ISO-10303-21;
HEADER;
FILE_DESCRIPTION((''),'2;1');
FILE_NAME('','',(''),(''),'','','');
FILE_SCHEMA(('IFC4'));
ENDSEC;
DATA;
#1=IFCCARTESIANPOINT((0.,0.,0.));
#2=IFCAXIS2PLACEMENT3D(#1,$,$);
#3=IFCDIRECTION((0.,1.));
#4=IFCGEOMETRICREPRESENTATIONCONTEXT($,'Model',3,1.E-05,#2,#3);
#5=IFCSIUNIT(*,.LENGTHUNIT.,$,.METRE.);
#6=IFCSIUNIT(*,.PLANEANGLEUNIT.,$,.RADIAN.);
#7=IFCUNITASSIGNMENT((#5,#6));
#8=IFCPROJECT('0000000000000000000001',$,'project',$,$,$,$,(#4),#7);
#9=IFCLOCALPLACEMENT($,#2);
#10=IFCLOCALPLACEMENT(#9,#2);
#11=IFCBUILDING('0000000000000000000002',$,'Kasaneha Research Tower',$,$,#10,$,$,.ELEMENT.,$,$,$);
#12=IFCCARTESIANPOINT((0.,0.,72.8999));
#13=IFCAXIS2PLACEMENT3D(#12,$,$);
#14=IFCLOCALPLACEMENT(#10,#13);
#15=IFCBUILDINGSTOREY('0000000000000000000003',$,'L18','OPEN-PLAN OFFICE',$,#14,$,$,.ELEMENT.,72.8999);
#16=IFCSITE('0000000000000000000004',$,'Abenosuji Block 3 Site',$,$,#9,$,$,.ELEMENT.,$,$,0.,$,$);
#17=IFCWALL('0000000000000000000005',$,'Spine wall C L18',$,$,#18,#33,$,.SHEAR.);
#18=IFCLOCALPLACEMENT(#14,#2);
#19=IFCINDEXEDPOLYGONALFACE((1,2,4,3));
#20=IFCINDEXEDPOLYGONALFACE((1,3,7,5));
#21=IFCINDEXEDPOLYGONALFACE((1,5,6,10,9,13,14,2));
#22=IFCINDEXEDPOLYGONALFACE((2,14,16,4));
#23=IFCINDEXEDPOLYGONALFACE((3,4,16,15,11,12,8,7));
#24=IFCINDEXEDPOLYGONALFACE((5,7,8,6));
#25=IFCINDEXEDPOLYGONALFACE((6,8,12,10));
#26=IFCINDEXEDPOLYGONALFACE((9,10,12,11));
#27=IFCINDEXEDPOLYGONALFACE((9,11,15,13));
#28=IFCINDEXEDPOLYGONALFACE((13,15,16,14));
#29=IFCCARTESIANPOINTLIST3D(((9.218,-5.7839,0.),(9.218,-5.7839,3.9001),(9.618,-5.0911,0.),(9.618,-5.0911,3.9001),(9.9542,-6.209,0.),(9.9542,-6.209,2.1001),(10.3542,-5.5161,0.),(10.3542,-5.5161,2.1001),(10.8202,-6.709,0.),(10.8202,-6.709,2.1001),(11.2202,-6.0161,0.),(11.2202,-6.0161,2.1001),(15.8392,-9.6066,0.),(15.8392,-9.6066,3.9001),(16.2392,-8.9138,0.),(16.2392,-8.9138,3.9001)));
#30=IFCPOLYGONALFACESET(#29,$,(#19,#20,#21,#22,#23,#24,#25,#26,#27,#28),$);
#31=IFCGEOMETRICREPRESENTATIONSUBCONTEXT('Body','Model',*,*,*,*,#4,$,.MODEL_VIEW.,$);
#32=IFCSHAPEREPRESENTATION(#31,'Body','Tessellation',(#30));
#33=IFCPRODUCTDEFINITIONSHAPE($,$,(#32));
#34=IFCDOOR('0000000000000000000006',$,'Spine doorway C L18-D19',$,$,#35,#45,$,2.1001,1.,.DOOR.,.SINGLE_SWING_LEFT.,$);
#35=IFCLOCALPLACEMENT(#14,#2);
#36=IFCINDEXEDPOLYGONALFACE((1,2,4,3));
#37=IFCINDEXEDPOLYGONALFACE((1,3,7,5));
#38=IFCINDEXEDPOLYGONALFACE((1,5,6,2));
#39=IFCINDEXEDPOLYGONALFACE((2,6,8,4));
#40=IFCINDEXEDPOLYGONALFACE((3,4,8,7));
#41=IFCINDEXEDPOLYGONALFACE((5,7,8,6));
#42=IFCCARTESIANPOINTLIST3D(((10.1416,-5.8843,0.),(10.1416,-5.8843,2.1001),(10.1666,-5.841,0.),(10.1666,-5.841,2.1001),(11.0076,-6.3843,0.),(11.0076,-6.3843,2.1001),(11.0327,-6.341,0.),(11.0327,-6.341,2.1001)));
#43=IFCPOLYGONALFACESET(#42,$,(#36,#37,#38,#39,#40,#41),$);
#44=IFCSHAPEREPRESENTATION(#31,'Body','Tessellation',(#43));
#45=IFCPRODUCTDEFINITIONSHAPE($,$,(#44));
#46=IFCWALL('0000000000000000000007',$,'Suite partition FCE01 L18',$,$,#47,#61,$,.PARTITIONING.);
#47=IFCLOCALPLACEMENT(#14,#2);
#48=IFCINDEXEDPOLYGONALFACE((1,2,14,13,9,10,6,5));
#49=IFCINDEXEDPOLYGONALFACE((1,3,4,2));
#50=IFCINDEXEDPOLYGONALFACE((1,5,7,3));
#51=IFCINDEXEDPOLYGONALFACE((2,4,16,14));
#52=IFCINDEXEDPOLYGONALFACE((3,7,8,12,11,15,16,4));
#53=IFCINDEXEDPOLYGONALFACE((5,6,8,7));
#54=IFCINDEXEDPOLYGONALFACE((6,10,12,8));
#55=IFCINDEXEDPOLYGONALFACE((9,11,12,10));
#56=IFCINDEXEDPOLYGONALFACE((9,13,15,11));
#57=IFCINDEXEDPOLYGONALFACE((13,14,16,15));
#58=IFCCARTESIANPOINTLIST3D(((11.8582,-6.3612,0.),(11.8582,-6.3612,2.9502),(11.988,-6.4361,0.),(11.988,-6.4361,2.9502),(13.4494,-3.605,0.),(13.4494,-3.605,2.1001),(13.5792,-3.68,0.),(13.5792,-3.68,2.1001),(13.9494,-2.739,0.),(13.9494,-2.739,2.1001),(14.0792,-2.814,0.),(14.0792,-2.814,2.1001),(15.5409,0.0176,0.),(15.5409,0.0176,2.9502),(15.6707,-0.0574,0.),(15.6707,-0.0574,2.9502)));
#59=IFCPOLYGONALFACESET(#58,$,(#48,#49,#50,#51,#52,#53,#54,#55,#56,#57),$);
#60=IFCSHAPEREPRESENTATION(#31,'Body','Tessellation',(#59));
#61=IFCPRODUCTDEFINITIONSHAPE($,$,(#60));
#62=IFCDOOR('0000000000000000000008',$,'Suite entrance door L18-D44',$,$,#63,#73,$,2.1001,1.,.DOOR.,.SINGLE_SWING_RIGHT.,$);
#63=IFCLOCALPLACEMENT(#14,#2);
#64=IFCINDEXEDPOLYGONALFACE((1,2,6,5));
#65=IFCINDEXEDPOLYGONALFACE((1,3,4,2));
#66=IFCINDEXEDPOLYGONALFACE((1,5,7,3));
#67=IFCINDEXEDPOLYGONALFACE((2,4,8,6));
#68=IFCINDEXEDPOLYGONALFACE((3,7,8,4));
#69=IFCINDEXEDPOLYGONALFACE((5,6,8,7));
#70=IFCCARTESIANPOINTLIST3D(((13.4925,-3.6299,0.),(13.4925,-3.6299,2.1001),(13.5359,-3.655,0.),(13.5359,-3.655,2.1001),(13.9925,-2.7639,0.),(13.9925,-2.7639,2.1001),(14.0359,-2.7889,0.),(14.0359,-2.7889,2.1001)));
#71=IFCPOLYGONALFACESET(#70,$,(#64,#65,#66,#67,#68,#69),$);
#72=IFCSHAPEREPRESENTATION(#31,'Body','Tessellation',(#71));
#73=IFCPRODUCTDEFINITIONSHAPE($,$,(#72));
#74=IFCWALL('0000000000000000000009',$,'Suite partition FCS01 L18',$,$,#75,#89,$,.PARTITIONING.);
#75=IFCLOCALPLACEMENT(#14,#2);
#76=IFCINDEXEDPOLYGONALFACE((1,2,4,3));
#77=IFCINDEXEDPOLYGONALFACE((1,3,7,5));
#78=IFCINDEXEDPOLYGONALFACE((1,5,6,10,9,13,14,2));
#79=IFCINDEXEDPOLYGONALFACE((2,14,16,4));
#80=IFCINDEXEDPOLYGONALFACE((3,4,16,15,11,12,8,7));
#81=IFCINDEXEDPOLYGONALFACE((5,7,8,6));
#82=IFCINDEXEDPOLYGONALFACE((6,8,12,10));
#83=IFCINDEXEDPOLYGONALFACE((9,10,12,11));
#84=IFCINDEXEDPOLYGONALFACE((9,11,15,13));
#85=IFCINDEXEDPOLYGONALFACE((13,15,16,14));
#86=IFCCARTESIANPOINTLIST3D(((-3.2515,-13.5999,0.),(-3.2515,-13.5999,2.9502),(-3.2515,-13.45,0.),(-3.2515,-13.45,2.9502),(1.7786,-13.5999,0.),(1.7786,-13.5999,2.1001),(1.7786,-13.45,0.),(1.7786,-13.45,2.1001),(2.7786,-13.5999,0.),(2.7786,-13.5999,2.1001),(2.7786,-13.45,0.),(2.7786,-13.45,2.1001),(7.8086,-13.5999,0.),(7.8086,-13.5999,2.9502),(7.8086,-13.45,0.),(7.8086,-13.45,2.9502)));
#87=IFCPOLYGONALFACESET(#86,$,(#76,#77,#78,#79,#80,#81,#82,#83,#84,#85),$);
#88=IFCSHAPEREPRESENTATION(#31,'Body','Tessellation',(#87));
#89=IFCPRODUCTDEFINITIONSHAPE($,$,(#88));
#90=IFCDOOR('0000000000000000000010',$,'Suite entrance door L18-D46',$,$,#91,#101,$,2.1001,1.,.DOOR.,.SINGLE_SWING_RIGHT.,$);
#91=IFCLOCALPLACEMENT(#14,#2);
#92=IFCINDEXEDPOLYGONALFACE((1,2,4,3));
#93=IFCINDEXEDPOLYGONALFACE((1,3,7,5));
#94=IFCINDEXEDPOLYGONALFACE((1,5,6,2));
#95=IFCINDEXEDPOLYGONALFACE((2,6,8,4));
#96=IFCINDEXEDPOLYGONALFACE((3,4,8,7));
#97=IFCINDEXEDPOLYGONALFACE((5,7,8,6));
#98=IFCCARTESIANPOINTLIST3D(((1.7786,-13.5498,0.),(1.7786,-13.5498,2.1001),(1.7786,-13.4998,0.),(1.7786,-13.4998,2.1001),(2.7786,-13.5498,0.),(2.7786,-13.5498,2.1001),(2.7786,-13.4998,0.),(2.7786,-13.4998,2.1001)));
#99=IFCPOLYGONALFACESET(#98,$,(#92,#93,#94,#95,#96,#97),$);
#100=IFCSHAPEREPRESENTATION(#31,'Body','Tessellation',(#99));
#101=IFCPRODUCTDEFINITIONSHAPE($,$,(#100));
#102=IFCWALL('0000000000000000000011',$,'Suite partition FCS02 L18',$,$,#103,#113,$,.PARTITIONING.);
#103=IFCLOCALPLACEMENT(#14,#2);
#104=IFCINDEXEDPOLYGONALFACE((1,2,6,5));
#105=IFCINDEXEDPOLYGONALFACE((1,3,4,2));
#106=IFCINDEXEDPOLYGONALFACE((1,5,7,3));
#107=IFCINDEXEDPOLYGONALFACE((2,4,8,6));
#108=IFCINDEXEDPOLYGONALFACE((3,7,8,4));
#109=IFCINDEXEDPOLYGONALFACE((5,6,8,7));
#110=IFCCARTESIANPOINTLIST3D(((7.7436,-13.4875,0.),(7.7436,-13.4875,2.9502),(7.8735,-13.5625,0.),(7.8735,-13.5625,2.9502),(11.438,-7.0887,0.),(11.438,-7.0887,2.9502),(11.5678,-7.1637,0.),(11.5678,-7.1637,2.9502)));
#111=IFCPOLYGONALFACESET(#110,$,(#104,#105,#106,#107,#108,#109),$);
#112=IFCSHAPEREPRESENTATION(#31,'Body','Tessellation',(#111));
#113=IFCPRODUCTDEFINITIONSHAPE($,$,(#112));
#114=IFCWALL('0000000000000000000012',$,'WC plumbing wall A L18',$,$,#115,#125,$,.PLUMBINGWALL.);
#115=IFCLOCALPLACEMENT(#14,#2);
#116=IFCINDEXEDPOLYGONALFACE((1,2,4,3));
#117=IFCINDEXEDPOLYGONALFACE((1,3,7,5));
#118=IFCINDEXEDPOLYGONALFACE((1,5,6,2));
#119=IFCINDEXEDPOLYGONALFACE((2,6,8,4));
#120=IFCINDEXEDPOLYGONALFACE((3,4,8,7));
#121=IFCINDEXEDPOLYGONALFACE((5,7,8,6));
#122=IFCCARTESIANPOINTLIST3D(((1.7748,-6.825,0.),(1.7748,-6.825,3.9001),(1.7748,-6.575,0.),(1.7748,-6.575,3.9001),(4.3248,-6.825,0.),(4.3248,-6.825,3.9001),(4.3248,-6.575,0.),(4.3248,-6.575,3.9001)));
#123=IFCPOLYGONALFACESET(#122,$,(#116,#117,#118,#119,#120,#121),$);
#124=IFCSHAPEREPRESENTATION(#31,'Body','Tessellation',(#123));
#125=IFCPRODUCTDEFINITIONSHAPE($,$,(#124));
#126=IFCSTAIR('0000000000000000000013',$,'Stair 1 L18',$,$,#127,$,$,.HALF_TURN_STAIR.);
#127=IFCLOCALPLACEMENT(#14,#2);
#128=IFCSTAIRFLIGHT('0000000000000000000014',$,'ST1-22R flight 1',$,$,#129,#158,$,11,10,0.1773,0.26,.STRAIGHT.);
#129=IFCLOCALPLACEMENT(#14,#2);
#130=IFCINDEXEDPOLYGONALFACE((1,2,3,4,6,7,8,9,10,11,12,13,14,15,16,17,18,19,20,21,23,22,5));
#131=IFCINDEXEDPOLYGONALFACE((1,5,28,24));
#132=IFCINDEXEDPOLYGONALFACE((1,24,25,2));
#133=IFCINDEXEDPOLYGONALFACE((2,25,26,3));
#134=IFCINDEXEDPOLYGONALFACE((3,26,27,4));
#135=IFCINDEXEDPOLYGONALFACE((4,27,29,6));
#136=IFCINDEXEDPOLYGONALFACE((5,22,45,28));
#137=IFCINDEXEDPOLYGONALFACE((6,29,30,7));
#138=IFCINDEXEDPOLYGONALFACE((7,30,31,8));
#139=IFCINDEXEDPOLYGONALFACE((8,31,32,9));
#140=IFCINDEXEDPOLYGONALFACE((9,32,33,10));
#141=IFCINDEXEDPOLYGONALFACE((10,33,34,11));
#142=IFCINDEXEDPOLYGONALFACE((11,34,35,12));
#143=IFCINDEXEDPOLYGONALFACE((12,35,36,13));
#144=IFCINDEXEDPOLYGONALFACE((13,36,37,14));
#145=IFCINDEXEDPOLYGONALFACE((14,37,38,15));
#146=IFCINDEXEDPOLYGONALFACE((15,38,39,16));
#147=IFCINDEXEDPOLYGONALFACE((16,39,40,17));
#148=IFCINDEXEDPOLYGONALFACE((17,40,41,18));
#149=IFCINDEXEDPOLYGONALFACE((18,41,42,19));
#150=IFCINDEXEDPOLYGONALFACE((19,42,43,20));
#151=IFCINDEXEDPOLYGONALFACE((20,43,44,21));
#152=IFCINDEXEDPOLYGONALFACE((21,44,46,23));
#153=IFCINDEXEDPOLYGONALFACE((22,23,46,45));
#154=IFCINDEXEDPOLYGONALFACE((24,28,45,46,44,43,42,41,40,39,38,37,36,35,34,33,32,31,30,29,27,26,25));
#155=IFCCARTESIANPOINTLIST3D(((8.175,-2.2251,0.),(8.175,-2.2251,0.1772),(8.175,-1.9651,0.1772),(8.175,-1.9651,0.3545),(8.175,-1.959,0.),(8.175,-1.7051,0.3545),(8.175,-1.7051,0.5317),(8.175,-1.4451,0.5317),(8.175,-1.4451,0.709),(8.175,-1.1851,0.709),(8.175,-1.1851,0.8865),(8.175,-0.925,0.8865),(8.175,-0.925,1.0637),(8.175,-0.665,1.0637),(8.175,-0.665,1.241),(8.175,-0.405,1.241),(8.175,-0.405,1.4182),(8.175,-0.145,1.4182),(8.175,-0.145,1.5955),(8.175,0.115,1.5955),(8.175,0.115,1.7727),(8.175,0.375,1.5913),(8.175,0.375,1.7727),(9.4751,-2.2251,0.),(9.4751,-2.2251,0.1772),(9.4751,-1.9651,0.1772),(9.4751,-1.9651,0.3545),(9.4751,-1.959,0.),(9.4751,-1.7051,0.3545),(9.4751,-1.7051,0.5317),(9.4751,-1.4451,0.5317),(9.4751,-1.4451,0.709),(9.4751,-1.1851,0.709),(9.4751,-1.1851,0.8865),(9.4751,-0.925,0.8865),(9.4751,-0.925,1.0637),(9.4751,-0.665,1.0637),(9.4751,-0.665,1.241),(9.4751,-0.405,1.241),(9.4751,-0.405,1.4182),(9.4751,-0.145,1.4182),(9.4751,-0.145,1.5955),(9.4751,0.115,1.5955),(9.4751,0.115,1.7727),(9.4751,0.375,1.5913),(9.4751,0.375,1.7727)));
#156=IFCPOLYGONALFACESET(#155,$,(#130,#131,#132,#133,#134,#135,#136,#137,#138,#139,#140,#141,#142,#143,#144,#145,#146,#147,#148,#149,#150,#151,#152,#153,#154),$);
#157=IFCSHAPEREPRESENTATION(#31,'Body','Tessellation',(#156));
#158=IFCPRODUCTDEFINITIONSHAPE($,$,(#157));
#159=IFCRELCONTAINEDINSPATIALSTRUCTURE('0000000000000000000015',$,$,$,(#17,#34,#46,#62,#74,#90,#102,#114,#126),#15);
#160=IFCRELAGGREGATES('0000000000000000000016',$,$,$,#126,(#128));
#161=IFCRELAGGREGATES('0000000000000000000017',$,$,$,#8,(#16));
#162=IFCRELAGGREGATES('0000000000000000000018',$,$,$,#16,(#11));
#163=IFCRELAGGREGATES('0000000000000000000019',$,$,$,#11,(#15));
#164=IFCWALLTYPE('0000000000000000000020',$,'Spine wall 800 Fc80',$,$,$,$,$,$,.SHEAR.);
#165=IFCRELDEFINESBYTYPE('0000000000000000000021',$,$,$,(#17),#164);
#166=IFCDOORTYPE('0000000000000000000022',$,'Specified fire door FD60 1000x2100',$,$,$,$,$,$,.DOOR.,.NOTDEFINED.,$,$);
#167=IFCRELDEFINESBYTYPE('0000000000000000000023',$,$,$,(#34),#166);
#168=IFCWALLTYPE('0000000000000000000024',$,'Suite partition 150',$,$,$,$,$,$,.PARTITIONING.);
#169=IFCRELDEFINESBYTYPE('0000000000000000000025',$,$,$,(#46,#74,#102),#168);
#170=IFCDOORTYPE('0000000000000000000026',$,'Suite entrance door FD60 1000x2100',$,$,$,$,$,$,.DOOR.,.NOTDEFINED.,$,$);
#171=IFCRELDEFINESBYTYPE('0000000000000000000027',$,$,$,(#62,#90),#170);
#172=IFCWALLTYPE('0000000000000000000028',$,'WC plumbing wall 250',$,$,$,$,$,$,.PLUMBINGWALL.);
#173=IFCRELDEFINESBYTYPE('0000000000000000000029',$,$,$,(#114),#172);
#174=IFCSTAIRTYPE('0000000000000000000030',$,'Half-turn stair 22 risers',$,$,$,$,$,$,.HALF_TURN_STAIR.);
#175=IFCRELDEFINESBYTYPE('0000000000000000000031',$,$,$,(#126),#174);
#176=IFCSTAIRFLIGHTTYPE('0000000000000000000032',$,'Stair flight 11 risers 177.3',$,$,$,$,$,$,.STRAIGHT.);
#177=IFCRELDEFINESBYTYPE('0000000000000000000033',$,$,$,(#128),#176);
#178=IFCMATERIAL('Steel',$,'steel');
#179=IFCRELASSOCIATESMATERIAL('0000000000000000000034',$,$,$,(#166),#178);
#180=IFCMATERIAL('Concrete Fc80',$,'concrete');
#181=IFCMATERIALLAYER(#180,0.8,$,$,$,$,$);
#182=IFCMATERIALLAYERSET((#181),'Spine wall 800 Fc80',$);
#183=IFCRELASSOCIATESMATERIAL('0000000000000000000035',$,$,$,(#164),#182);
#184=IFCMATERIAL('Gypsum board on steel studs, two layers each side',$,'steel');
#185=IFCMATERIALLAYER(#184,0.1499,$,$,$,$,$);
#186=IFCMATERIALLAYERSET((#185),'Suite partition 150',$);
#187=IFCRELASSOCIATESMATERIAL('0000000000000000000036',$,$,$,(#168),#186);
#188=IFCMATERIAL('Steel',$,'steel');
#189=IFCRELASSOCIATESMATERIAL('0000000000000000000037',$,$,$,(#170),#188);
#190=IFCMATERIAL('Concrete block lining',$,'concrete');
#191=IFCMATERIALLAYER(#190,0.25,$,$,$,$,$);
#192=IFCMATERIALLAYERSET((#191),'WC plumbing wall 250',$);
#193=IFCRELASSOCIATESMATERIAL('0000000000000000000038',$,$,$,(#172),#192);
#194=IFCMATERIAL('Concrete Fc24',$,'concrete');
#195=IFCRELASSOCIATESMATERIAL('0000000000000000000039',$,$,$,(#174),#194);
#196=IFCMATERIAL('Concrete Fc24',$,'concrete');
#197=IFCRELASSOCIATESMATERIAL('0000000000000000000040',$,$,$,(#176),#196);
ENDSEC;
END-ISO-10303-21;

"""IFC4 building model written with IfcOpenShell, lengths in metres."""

from ifc_helpers import new_model, si_unit, direction, frame, frame_2d, origin, place, context, subcontext, project, spatial, polyline, rectangle, outline, extrude, material, layer, layer_set, type_object, element, fill, aggregate, save


model = new_model("IFC4")

# Units and contexts
model_context = context("Model", 3, precision=1e-05, world=origin(), true_north=direction((0.0, 1.0)))
body_context = subcontext(model_context, "Body", "Model", "MODEL_VIEW")
ifc_project = project(units=[si_unit("LENGTHUNIT", "METRE"), si_unit("PLANEANGLEUNIT", "RADIAN")], contexts=[model_context])

# Site, building, storey
site_placement = place(None, origin())
site = spatial("IfcSite", under=ifc_project, at=site_placement, Name="Abenosuji Block 3 Site", CompositionType="ELEMENT", RefElevation=0.0)
building_placement = place(site_placement, origin())
building = spatial("IfcBuilding", under=site, at=building_placement, Name="Kasaneha Research Tower", CompositionType="ELEMENT")
storey_placement = place(building_placement, frame((0.0, 0.0, 72.8999)))
storey = spatial("IfcBuildingStorey", under=building, at=storey_placement, Name="L18", Description="OPEN-PLAN OFFICE", CompositionType="ELEMENT", Elevation=72.8999)

# Shared definitions
ifc_material_1 = material(Name="Steel", Category="steel")
door_type_1 = type_object("IfcDoorType", Name="Specified fire door FD60 1000x2100", OperationType="NOTDEFINED", PredefinedType="DOOR", material=ifc_material_1)

# Walls, openings, doors
ifc_material_2 = material(Name="Concrete Fc80", Category="concrete")
ifc_layer_1 = layer(ifc_material_2, 0.8)
ifc_layer_set_1 = layer_set([ifc_layer_1], Name="Spine wall 800 Fc80")
wall_type_1 = type_object("IfcWallType", Name="Spine wall 800 Fc80", PredefinedType="SHEAR", material=ifc_layer_set_1)
wall_1_placement = place(storey_placement, frame((9.418, -5.4375, 0.0), z_axis=(0.0, 0.0, 1.0), x_axis=(0.86603, -0.499992, 0.0)))
wall_1 = element("IfcWall", 1, at=wall_1_placement, inside=storey, type_object=wall_type_1, Name="Spine wall C L18", PredefinedType="SHEAR", context=body_context, shape_type="SweptSolid", body=[
    extrude(rectangle(XDim=7.6455, YDim=0.8, at=frame_2d((3.8228, 0.0))), origin(), (0.0, 0.0, 1.0), 3.9001),
])
opening_1_placement = place(wall_1_placement, frame((0.8501, 0.0, 0.0)))
opening_1 = element("IfcOpeningElement", 2, at=opening_1_placement, cuts=wall_1, PredefinedType="OPENING", context=body_context, shape_type="SweptSolid", body=[
    extrude(rectangle(XDim=1.0, YDim=2.1001, at=frame_2d((0.5, 1.05))), frame((0.0, 0.4102, 0.0), z_axis=(0.0, -1.0, 0.0), x_axis=(1.0, 0.0, 0.0)), (0.0, 0.0, 1.0), 0.8201),
])
door_1_placement = place(opening_1_placement, origin())
door_1 = element("IfcDoor", 3, at=door_1_placement, inside=storey, type_object=door_type_1, Name="Spine doorway C L18-D19", OperationType="SINGLE_SWING_LEFT", OverallHeight=2.1001, OverallWidth=1.0, PredefinedType="DOOR", context=body_context, shape_type="SweptSolid", body=[
    extrude(rectangle(XDim=1.0, YDim=2.1001, at=frame_2d((0.5, 1.05))), frame((0.0, 0.0249, 0.0), z_axis=(0.0, -1.0, 0.0), x_axis=(1.0, 0.0, 0.0)), (0.0, 0.0, 1.0), 0.05),
])
fill(opening_1, door_1)
ifc_material_3 = material(Name="Gypsum board on steel studs, two layers each side", Category="steel")
ifc_layer_2 = layer(ifc_material_3, 0.1499)
ifc_layer_set_2 = layer_set([ifc_layer_2], Name="Suite partition 150")
wall_type_2 = type_object("IfcWallType", Name="Suite partition 150", PredefinedType="PARTITIONING", material=ifc_layer_set_2)
wall_2_placement = place(storey_placement, frame((15.6057, -0.02, 0.0), z_axis=(0.0, 0.0, 1.0), x_axis=(-0.499989, -0.866032, 0.0)))
wall_2 = element("IfcWall", 4, at=wall_2_placement, inside=storey, type_object=wall_type_2, Name="Suite partition FCE01 L18", PredefinedType="PARTITIONING", context=body_context, shape_type="SweptSolid", body=[
    extrude(rectangle(XDim=7.3655, YDim=0.1499, at=frame_2d((3.6826, 0.0))), origin(), (0.0, 0.0, 1.0), 2.9502),
])
opening_2_placement = place(wall_2_placement, frame((3.1829, 0.0, 0.0)))
opening_2 = element("IfcOpeningElement", 5, at=opening_2_placement, cuts=wall_2, PredefinedType="OPENING", context=body_context, shape_type="SweptSolid", body=[
    extrude(rectangle(XDim=1.0, YDim=2.1001, at=frame_2d((0.5, 1.05))), frame((0.0, 0.085, 0.0), z_axis=(0.0, -1.0, 0.0), x_axis=(1.0, 0.0, 0.0)), (0.0, 0.0, 1.0), 0.1699),
])
ifc_material_4 = material(Name="Steel", Category="steel")
door_type_2 = type_object("IfcDoorType", Name="Suite entrance door FD60 1000x2100", OperationType="NOTDEFINED", PredefinedType="DOOR", material=ifc_material_4)
door_2_placement = place(opening_2_placement, origin())
door_2 = element("IfcDoor", 6, at=door_2_placement, inside=storey, type_object=door_type_2, Name="Suite entrance door L18-D44", OperationType="SINGLE_SWING_RIGHT", OverallHeight=2.1001, OverallWidth=1.0, PredefinedType="DOOR", context=body_context, shape_type="SweptSolid", body=[
    extrude(rectangle(XDim=1.0, YDim=2.1001, at=frame_2d((0.5, 1.05))), frame((0.0, 0.0249, 0.0), z_axis=(0.0, -1.0, 0.0), x_axis=(1.0, 0.0, 0.0)), (0.0, 0.0, 1.0), 0.05),
])
fill(opening_2, door_2)
wall_3_placement = place(storey_placement, frame((7.8086, -13.5249, 0.0), z_axis=(0.0, 0.0, 1.0), x_axis=(-1.0, 0.0, 0.0)))
wall_3 = element("IfcWall", 7, at=wall_3_placement, inside=storey, type_object=wall_type_2, Name="Suite partition FCS01 L18", PredefinedType="PARTITIONING", context=body_context, shape_type="SweptSolid", body=[
    extrude(rectangle(XDim=11.0601, YDim=0.1499, at=frame_2d((5.53, 0.0))), origin(), (0.0, 0.0, 1.0), 2.9502),
])
opening_3_placement = place(wall_3_placement, frame((5.03, 0.0, 0.0)))
opening_3 = element("IfcOpeningElement", 8, at=opening_3_placement, cuts=wall_3, PredefinedType="OPENING", context=body_context, shape_type="SweptSolid", body=[
    extrude(rectangle(XDim=1.0, YDim=2.1001, at=frame_2d((0.5, 1.05))), frame((0.0, 0.085, 0.0), z_axis=(0.0, -1.0, 0.0), x_axis=(1.0, 0.0, 0.0)), (0.0, 0.0, 1.0), 0.1699),
])
door_3_placement = place(opening_3_placement, origin())
door_3 = element("IfcDoor", 9, at=door_3_placement, inside=storey, type_object=door_type_2, Name="Suite entrance door L18-D46", OperationType="SINGLE_SWING_RIGHT", OverallHeight=2.1001, OverallWidth=1.0, PredefinedType="DOOR", context=body_context, shape_type="SweptSolid", body=[
    extrude(rectangle(XDim=1.0, YDim=2.1001, at=frame_2d((0.5, 1.05))), frame((0.0, 0.0249, 0.0), z_axis=(0.0, -1.0, 0.0), x_axis=(1.0, 0.0, 0.0)), (0.0, 0.0, 1.0), 0.05),
])
fill(opening_3, door_3)

# Walls
wall_4_placement = place(storey_placement, frame((11.5029, -7.1262, 0.0), z_axis=(0.0, 0.0, 1.0), x_axis=(-0.500006, -0.866022, 0.0)))
element("IfcWall", 10, at=wall_4_placement, inside=storey, type_object=wall_type_2, Name="Suite partition FCS02 L18", PredefinedType="PARTITIONING", context=body_context, shape_type="SweptSolid", body=[
    extrude(rectangle(XDim=7.3887, YDim=0.1499, at=frame_2d((3.6943, 0.0))), origin(), (0.0, 0.0, 1.0), 2.9502),
])
ifc_material_5 = material(Name="Concrete block lining", Category="concrete")
ifc_layer_3 = layer(ifc_material_5, 0.25)
ifc_layer_set_3 = layer_set([ifc_layer_3], Name="WC plumbing wall 250")
wall_type_3 = type_object("IfcWallType", Name="WC plumbing wall 250", PredefinedType="PLUMBINGWALL", material=ifc_layer_set_3)
wall_5_placement = place(storey_placement, frame((1.7749, -6.7, 0.0), z_axis=(0.0, 0.0, 1.0), x_axis=(1.0, 0.0, 0.0)))
element("IfcWall", 11, at=wall_5_placement, inside=storey, type_object=wall_type_3, Name="WC plumbing wall A L18", PredefinedType="PLUMBINGWALL", context=body_context, shape_type="SweptSolid", body=[
    extrude(rectangle(XDim=2.55, YDim=0.25, at=frame_2d((1.2749, 0.0))), origin(), (0.0, 0.0, 1.0), 3.9001),
])

# Stair, stair flight
ifc_material_6 = material(Name="Concrete Fc24", Category="concrete")
stair_type = type_object("IfcStairType", Name="Half-turn stair 22 risers", PredefinedType="HALF_TURN_STAIR", material=ifc_material_6)
stair_placement = place(storey_placement, origin())
stair = element("IfcStair", 12, at=stair_placement, inside=storey, type_object=stair_type, Name="Stair 1 L18", PredefinedType="HALF_TURN_STAIR")
ifc_material_7 = material(Name="Concrete Fc24", Category="concrete")
stair_flight_type = type_object("IfcStairFlightType", Name="Stair flight 11 risers 177.3", PredefinedType="STRAIGHT", material=ifc_material_7)
stair_flight_placement = place(storey_placement, frame((8.825, -2.2251, 0.0), z_axis=(0.0, 0.0, 1.0), x_axis=(0.0, 1.0, 0.0)))
stair_flight = element("IfcStairFlight", 13, at=stair_flight_placement, type_object=stair_flight_type, Name="ST1-22R flight 1", NumberOfRisers=11, NumberOfTreads=10, PredefinedType="STRAIGHT", RiserHeight=0.1773, TreadLength=0.26, context=body_context, shape_type="SweptSolid", body=[
    extrude(outline(polyline([(0.0, 0.0), (0.0, 0.1772), (0.26, 0.1772), (0.26, 0.3545), (0.52, 0.3545), (0.52, 0.5317), (0.78, 0.5317), (0.78, 0.709), (1.04, 0.709), (1.04, 0.8865), (1.3, 0.8865), (1.3, 1.0637), (1.5601, 1.0637), (1.5601, 1.241), (1.8201, 1.241), (1.8201, 1.4182), (2.0801, 1.4182), (2.0801, 1.5955), (2.3401, 1.5955), (2.3401, 1.7727), (2.6001, 1.7727), (2.6001, 1.95), (2.6001, 1.5913), (0.2661, 0.0), (0.0, 0.0)])), frame((0.0, 0.6499, 0.0), z_axis=(0.0, -1.0, 0.0), x_axis=(1.0, 0.0, 0.0)), (0.0, 0.0, 1.0), 1.3),
])
aggregate(stair, [stair_flight])

save(model, "model.ifc")
